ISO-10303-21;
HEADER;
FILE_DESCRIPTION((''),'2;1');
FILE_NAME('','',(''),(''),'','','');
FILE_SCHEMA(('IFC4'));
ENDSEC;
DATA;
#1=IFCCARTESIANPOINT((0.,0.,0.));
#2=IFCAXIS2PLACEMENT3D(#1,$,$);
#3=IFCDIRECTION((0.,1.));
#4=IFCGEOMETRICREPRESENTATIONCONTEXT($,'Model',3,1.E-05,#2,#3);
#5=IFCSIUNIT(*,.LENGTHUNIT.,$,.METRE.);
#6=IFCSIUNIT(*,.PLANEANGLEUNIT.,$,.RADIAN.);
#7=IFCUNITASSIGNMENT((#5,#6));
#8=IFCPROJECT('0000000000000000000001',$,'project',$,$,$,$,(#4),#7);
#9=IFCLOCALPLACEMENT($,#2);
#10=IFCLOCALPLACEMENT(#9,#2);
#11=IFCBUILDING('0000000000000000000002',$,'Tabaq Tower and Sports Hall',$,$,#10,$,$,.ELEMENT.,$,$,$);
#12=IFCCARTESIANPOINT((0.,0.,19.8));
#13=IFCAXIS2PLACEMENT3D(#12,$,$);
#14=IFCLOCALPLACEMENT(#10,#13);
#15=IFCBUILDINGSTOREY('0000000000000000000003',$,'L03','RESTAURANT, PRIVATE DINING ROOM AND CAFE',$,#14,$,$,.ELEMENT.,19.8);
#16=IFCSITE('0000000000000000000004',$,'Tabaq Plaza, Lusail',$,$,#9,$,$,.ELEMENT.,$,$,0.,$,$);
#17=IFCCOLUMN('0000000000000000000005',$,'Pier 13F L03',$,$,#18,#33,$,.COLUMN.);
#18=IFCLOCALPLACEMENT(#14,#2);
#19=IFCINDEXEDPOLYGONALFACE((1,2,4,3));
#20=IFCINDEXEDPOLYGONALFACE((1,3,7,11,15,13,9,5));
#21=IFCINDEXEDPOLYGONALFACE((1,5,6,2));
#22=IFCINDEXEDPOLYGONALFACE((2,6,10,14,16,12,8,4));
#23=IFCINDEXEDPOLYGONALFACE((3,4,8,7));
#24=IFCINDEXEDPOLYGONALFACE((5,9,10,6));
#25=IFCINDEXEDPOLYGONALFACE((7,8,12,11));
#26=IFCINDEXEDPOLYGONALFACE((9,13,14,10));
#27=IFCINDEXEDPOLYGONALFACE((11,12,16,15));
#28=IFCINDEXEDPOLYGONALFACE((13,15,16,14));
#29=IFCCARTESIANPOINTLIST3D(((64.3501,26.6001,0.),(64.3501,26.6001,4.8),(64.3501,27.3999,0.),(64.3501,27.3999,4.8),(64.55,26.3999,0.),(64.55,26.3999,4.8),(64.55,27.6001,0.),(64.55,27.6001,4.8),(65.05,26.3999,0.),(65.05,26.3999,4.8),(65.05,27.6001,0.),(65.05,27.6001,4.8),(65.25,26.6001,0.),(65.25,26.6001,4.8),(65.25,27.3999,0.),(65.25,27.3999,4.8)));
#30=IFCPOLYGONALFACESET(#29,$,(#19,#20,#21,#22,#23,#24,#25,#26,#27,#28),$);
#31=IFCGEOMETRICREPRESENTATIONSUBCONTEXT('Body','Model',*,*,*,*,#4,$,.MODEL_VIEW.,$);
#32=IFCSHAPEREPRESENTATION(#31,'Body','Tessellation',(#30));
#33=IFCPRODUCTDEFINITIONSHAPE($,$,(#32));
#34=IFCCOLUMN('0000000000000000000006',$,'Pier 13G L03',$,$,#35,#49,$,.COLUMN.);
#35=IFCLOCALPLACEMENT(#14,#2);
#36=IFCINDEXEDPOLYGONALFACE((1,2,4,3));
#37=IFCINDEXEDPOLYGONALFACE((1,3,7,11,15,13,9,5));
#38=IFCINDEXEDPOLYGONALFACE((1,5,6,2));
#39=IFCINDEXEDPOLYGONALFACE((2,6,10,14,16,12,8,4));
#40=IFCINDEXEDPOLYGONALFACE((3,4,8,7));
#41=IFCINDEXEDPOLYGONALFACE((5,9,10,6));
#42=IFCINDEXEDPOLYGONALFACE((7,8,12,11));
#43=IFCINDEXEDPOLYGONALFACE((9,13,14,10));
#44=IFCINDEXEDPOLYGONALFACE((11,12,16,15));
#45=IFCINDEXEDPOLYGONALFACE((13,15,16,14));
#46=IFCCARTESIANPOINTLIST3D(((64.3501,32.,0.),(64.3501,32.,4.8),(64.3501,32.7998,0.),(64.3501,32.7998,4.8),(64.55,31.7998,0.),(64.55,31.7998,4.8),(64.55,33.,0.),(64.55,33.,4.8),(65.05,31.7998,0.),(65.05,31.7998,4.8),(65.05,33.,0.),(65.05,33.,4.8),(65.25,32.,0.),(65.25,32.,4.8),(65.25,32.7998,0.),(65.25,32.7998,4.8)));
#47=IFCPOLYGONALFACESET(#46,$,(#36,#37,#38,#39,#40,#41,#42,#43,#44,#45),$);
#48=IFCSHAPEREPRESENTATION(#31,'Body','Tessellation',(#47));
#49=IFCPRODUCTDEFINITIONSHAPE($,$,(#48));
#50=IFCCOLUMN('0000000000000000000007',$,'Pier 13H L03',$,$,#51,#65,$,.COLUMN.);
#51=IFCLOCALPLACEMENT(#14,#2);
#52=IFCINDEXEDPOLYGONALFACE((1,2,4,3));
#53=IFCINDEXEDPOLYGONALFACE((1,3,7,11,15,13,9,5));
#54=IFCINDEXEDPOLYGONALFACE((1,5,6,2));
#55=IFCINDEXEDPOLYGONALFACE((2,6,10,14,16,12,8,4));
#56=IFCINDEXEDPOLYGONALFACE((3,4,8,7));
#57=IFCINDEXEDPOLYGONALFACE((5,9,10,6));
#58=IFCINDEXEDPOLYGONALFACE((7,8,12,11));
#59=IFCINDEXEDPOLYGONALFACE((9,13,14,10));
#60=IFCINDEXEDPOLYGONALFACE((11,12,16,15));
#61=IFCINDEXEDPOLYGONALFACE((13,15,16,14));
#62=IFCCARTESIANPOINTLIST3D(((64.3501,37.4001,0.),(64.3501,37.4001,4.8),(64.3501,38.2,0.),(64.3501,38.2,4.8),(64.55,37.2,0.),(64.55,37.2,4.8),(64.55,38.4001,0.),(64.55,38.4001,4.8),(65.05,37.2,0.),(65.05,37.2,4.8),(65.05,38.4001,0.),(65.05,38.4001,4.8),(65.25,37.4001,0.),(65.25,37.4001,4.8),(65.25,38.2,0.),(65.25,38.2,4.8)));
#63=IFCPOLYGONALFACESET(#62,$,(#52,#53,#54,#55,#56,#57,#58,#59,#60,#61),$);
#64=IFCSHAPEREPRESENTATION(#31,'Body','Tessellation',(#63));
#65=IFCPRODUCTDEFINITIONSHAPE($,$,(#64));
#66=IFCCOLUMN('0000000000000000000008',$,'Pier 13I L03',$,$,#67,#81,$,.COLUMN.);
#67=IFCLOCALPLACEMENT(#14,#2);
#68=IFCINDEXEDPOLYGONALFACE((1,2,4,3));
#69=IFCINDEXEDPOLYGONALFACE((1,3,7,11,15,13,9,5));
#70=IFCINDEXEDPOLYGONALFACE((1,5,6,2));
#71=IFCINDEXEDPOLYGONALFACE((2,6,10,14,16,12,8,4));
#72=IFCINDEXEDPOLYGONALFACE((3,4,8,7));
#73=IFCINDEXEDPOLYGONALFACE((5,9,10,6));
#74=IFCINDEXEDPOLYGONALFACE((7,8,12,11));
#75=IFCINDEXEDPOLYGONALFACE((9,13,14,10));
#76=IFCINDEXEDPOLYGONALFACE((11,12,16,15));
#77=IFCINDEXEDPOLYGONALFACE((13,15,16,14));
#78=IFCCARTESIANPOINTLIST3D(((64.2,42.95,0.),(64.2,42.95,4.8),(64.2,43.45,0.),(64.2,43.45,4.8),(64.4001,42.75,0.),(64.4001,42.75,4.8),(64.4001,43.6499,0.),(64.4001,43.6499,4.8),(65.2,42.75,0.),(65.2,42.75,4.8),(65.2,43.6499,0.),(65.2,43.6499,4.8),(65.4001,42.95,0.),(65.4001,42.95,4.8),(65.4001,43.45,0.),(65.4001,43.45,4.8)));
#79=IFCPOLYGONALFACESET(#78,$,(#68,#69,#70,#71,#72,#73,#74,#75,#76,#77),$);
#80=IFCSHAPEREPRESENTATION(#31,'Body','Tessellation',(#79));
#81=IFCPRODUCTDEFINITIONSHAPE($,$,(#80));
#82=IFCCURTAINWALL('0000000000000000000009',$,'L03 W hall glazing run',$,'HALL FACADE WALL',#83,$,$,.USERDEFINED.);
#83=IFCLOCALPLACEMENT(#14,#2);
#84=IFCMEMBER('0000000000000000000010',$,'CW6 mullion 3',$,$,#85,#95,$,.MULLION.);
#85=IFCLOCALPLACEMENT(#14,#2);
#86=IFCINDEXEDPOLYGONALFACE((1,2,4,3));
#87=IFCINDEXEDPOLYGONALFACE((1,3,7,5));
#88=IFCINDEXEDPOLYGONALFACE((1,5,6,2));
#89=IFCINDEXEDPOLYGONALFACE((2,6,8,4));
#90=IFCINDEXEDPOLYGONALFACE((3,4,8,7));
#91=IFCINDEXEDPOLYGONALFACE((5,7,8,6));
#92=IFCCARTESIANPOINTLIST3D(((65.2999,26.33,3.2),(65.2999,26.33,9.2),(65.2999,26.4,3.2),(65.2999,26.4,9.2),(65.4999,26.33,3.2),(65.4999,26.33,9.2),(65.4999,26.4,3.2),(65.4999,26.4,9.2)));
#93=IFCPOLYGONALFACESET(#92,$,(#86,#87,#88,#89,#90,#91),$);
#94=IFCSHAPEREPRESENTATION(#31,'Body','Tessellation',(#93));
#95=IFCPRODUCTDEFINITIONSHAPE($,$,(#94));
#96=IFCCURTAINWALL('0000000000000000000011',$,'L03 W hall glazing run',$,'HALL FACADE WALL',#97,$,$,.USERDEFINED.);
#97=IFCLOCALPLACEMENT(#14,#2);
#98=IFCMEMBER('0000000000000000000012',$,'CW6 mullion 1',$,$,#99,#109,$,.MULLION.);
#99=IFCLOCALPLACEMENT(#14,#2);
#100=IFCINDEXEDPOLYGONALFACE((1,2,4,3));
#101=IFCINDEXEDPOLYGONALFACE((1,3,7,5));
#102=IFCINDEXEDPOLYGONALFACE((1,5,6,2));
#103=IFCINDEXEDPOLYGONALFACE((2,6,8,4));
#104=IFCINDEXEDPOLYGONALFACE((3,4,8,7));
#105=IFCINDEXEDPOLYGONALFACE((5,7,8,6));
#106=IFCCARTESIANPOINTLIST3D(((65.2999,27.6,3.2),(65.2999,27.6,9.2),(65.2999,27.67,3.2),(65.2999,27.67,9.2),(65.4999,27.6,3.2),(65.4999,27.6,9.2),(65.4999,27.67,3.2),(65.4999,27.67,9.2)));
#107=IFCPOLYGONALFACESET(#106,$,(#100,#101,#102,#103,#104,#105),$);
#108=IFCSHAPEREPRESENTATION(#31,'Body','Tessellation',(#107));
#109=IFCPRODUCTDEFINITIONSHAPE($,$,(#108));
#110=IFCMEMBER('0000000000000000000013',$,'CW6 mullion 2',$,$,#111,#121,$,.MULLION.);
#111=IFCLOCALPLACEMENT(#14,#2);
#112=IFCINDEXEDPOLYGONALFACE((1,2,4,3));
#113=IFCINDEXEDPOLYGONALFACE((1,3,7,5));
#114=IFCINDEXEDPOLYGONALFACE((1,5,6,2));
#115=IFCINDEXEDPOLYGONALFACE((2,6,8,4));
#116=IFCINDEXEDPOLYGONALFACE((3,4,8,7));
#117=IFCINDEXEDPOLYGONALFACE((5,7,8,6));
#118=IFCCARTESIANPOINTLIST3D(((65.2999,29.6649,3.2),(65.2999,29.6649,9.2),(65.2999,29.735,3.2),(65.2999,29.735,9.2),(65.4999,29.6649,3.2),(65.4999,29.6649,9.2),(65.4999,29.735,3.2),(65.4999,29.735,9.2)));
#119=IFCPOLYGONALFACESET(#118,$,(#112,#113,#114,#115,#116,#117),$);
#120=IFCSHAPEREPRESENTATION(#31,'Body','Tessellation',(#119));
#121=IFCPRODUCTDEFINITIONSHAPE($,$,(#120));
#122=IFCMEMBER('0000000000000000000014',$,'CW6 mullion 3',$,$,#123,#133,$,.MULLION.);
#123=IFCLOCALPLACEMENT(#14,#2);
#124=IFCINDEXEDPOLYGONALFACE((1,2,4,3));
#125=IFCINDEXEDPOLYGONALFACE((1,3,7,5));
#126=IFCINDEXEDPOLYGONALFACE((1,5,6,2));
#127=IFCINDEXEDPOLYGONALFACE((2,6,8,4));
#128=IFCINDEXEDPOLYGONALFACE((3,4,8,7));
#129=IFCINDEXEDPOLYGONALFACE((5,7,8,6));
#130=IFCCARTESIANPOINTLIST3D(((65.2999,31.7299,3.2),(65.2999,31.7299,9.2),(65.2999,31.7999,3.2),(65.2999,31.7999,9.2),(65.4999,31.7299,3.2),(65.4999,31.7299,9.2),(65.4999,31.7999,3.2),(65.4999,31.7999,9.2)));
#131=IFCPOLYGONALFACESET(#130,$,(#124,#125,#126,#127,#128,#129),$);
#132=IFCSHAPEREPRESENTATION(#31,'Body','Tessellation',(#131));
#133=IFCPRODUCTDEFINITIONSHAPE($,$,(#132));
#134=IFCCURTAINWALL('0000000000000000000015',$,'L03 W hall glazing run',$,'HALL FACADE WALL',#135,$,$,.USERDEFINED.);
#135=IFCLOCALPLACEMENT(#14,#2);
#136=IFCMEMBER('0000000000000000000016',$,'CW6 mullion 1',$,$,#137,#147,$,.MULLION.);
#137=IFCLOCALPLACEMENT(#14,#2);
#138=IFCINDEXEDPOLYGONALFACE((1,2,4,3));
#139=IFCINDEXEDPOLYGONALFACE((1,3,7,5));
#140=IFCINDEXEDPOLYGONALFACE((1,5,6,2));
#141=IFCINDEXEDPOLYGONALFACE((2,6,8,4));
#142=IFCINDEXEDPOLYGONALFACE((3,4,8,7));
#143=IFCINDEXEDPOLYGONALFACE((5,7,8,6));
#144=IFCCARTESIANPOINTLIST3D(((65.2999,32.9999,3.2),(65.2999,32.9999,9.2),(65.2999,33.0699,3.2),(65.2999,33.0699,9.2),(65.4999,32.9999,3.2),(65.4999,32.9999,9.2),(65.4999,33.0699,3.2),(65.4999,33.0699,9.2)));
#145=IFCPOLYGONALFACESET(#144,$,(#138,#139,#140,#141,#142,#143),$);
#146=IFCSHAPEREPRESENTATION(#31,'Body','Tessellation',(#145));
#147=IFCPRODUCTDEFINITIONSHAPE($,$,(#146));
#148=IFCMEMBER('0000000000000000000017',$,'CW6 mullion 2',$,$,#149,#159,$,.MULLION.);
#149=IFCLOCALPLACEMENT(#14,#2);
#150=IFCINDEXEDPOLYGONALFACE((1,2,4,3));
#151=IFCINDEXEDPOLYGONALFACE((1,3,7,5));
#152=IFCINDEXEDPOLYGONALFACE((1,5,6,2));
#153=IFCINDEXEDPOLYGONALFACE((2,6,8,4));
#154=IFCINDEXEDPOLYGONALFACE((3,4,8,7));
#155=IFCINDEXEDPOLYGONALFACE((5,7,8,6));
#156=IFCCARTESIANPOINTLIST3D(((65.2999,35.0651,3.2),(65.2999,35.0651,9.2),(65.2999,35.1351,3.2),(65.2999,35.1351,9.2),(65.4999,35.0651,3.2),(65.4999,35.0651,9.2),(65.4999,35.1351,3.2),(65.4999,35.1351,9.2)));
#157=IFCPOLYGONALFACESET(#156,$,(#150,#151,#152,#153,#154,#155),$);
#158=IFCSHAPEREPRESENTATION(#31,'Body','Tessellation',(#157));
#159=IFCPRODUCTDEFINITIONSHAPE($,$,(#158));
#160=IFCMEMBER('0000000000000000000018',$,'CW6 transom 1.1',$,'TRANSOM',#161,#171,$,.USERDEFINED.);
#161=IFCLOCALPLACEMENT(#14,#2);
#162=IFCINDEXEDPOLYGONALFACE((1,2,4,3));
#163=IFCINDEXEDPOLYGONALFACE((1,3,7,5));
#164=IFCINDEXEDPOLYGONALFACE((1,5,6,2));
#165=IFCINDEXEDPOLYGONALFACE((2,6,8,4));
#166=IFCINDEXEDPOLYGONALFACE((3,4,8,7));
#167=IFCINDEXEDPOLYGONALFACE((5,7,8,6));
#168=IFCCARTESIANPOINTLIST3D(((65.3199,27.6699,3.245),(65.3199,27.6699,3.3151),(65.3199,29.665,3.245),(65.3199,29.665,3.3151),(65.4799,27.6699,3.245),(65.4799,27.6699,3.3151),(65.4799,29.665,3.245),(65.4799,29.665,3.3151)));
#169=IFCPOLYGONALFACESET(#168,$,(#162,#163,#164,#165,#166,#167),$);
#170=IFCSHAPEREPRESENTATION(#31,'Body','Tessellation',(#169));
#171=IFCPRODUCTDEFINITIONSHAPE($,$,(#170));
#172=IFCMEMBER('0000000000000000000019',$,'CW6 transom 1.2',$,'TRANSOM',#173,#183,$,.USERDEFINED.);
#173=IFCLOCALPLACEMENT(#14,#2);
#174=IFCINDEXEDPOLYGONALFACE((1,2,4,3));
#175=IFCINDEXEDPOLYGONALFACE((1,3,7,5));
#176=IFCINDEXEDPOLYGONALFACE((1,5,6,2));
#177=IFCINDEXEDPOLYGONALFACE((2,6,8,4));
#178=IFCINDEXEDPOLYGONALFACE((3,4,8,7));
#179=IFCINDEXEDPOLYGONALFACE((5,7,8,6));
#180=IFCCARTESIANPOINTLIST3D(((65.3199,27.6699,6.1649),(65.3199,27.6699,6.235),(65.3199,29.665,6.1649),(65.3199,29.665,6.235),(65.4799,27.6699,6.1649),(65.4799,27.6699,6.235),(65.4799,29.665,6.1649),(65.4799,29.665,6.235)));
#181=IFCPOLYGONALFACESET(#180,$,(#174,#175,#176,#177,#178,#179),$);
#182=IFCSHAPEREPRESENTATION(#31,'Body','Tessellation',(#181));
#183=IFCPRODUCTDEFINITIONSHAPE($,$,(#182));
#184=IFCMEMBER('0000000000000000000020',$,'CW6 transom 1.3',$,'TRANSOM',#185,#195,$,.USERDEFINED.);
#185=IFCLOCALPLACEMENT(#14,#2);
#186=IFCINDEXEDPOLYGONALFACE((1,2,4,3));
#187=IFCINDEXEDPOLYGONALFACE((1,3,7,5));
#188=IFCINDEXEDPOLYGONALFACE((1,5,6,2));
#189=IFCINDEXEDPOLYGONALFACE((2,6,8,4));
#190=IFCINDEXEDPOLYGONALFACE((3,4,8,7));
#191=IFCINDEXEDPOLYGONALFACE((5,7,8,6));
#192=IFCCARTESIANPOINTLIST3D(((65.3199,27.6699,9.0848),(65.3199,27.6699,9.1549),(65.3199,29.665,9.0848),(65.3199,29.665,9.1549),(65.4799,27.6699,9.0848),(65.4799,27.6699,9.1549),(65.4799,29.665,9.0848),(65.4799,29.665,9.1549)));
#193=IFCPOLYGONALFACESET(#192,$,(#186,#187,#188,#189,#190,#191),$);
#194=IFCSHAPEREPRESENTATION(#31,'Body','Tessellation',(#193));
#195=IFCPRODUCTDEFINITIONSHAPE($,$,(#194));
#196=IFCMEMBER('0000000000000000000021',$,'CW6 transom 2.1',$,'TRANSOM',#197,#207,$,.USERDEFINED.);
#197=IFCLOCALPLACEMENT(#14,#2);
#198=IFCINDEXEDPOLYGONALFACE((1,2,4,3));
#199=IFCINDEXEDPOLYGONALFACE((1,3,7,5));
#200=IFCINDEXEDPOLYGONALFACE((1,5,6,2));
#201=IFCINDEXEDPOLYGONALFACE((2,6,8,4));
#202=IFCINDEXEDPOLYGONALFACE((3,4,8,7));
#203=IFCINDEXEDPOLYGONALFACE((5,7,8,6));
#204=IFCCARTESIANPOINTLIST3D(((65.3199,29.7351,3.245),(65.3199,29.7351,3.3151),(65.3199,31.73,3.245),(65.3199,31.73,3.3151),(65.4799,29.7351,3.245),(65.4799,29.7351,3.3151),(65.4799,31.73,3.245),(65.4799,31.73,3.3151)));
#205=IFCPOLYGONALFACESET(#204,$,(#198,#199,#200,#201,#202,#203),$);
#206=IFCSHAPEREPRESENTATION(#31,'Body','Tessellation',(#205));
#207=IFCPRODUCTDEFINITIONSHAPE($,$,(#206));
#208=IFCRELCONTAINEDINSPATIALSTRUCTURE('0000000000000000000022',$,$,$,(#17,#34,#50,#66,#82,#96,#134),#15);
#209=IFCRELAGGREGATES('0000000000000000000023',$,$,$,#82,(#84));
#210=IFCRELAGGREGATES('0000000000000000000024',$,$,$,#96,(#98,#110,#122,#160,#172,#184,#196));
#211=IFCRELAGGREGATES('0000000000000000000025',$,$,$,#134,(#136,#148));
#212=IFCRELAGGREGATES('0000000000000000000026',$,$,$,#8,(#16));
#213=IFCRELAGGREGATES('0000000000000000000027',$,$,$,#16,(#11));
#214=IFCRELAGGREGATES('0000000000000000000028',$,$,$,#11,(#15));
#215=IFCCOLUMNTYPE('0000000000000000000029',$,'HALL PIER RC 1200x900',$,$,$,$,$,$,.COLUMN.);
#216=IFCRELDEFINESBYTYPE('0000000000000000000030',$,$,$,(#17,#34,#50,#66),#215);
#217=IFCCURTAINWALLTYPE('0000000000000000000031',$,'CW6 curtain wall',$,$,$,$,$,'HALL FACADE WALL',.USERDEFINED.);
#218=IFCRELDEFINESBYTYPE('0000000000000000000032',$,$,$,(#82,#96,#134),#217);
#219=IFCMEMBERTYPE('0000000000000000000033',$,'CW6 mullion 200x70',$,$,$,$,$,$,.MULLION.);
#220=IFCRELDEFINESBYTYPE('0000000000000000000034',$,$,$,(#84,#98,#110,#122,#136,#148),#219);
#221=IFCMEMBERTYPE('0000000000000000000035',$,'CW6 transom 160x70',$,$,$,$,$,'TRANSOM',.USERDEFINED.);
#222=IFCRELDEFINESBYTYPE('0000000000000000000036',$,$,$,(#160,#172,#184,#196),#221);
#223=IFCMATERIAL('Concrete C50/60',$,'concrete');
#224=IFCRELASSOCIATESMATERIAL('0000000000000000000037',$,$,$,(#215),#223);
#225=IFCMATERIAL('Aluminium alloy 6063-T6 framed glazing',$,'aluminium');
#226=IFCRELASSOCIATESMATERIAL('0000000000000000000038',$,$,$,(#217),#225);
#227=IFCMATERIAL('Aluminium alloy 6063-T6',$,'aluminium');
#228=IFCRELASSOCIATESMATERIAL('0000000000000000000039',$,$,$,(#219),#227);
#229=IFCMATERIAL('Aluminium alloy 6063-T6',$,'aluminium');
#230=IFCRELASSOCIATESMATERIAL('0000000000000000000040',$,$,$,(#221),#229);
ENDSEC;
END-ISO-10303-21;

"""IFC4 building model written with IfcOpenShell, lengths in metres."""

from ifc_helpers import new_model, si_unit, direction, frame, origin, origin_2d, place, context, subcontext, project, spatial, polyline, rectangle, outline, extrude, material, material_profile, profile_set, type_object, element, aggregate, save


model = new_model("IFC4")

# Units and contexts
model_context = context("Model", 3, precision=1e-05, world=origin(), true_north=direction((0.0, 1.0)))
body_context = subcontext(model_context, "Body", "Model", "MODEL_VIEW")
ifc_project = project(units=[si_unit("LENGTHUNIT", "METRE"), si_unit("PLANEANGLEUNIT", "RADIAN")], contexts=[model_context])

# Site, building, storey
site_placement = place(None, origin())
site = spatial("IfcSite", under=ifc_project, at=site_placement, Name="Tabaq Plaza, Lusail", CompositionType="ELEMENT", RefElevation=0.0)
building_placement = place(site_placement, origin())
building = spatial("IfcBuilding", under=site, at=building_placement, Name="Tabaq Tower and Sports Hall", CompositionType="ELEMENT")
storey_placement = place(building_placement, frame((0.0, 0.0, 19.8)))
storey = spatial("IfcBuildingStorey", under=building, at=storey_placement, Name="L03", Description="RESTAURANT, PRIVATE DINING ROOM AND CAFE", CompositionType="ELEMENT", Elevation=19.8)

# Columns
ifc_material_1 = material(Name="Concrete C50/60", Category="concrete")
ifc_material_profile_1 = material_profile(ifc_material_1, outline(polyline([(-0.3999, -0.45), (0.3999, -0.45), (0.6001, -0.25), (0.6001, 0.25), (0.3999, 0.45), (-0.3999, 0.45), (-0.6001, 0.25), (-0.6001, -0.25), (-0.3999, -0.45)])), Name="PIER 1200x900")
ifc_profile_set_1 = profile_set([ifc_material_profile_1], Name="Concrete C50/60")
column_type = type_object("IfcColumnType", Name="HALL PIER RC 1200x900", PredefinedType="COLUMN", material=ifc_profile_set_1)
for number, where, z_axis, x_axis, name in (
    (1, (64.8, 27.0, 0.0), (0.0, 0.0, 1.0), (0.0, 1.0, 0.0), "Pier 13F L03"),
    (2, (64.8, 32.3999, 0.0), (0.0, 0.0, 1.0), (0.0, 1.0, 0.0), "Pier 13G L03"),
    (3, (64.8, 37.8, 0.0), (0.0, 0.0, 1.0), (0.0, 1.0, 0.0), "Pier 13H L03"),
    (4, (64.8, 43.2, 0.0), (0.0, 0.0, 1.0), (1.0, 0.0, 0.0), "Pier 13I L03"),
):
    element("IfcColumn", number, at=place(storey_placement, frame(where, z_axis=z_axis, x_axis=x_axis)), inside=storey, type_object=column_type, Name=name, PredefinedType="COLUMN", context=body_context, shape_type="SweptSolid", body=[
        extrude(outline(polyline([(-0.3999, -0.45), (0.3999, -0.45), (0.6001, -0.25), (0.6001, 0.25), (0.3999, 0.45), (-0.3999, 0.45), (-0.6001, 0.25), (-0.6001, -0.25), (-0.3999, -0.45)])), origin(), (0.0, 0.0, 1.0), 4.8),
    ])

# Curtain wall, member
ifc_material_2 = material(Name="Aluminium alloy 6063-T6 framed glazing", Category="aluminium")
curtain_wall_type = type_object("IfcCurtainWallType", Name="CW6 curtain wall", ElementType="HALL FACADE WALL", PredefinedType="USERDEFINED", material=ifc_material_2)
curtain_wall_1_placement = place(storey_placement, origin())
curtain_wall_1 = element("IfcCurtainWall", 5, at=curtain_wall_1_placement, inside=storey, type_object=curtain_wall_type, Name="L03 W hall glazing run", ObjectType="HALL FACADE WALL", PredefinedType="USERDEFINED")
ifc_material_3 = material(Name="Aluminium alloy 6063-T6", Category="aluminium")
ifc_material_profile_2 = material_profile(ifc_material_3, rectangle(XDim=0.2, YDim=0.0701, at=origin_2d()), Name="MULLION 200x70")
ifc_profile_set_2 = profile_set([ifc_material_profile_2], Name="Aluminium alloy 6063-T6")
member_type_1 = type_object("IfcMemberType", Name="CW6 mullion 200x70", PredefinedType="MULLION", material=ifc_profile_set_2)
member_1_placement = place(storey_placement, frame((65.3999, 26.365, 3.2), z_axis=(0.0, 0.0, 1.0), x_axis=(-1.0, 0.0, 0.0)))
member_1 = element("IfcMember", 6, at=member_1_placement, type_object=member_type_1, Name="CW6 mullion 3", PredefinedType="MULLION", context=body_context, shape_type="SweptSolid", body=[
    extrude(rectangle(XDim=0.2, YDim=0.0701, at=origin_2d()), origin(), (0.0, 0.0, 1.0), 6.0),
])
aggregate(curtain_wall_1, [member_1])

# Curtain walls, members
curtain_wall_2_placement = place(storey_placement, origin())
curtain_wall_2 = element("IfcCurtainWall", 7, at=curtain_wall_2_placement, inside=storey, type_object=curtain_wall_type, Name="L03 W hall glazing run", ObjectType="HALL FACADE WALL", PredefinedType="USERDEFINED")
member_2_placement = place(storey_placement, frame((65.3999, 27.635, 3.2), z_axis=(0.0, 0.0, 1.0), x_axis=(-1.0, 0.0, 0.0)))
member_2 = element("IfcMember", 8, at=member_2_placement, type_object=member_type_1, Name="CW6 mullion 1", PredefinedType="MULLION", context=body_context, shape_type="SweptSolid", body=[
    extrude(rectangle(XDim=0.2, YDim=0.0701, at=origin_2d()), origin(), (0.0, 0.0, 1.0), 6.0),
])
member_3_placement = place(storey_placement, frame((65.3999, 29.7, 3.2), z_axis=(0.0, 0.0, 1.0), x_axis=(-1.0, 0.0, 0.0)))
member_3 = element("IfcMember", 9, at=member_3_placement, type_object=member_type_1, Name="CW6 mullion 2", PredefinedType="MULLION", context=body_context, shape_type="SweptSolid", body=[
    extrude(rectangle(XDim=0.2, YDim=0.0701, at=origin_2d()), origin(), (0.0, 0.0, 1.0), 6.0),
])
member_4_placement = place(storey_placement, frame((65.3999, 31.7649, 3.2), z_axis=(0.0, 0.0, 1.0), x_axis=(-1.0, 0.0, 0.0)))
member_4 = element("IfcMember", 10, at=member_4_placement, type_object=member_type_1, Name="CW6 mullion 3", PredefinedType="MULLION", context=body_context, shape_type="SweptSolid", body=[
    extrude(rectangle(XDim=0.2, YDim=0.0701, at=origin_2d()), origin(), (0.0, 0.0, 1.0), 6.0),
])
curtain_wall_3_placement = place(storey_placement, origin())
curtain_wall_3 = element("IfcCurtainWall", 11, at=curtain_wall_3_placement, inside=storey, type_object=curtain_wall_type, Name="L03 W hall glazing run", ObjectType="HALL FACADE WALL", PredefinedType="USERDEFINED")
member_5_placement = place(storey_placement, frame((65.3999, 33.0349, 3.2), z_axis=(0.0, 0.0, 1.0), x_axis=(-1.0, 0.0, 0.0)))
member_5 = element("IfcMember", 12, at=member_5_placement, type_object=member_type_1, Name="CW6 mullion 1", PredefinedType="MULLION", context=body_context, shape_type="SweptSolid", body=[
    extrude(rectangle(XDim=0.2, YDim=0.0701, at=origin_2d()), origin(), (0.0, 0.0, 1.0), 6.0),
])
member_6_placement = place(storey_placement, frame((65.3999, 35.1001, 3.2), z_axis=(0.0, 0.0, 1.0), x_axis=(-1.0, 0.0, 0.0)))
member_6 = element("IfcMember", 13, at=member_6_placement, type_object=member_type_1, Name="CW6 mullion 2", PredefinedType="MULLION", context=body_context, shape_type="SweptSolid", body=[
    extrude(rectangle(XDim=0.2, YDim=0.0701, at=origin_2d()), origin(), (0.0, 0.0, 1.0), 6.0),
])

# Members
ifc_material_4 = material(Name="Aluminium alloy 6063-T6", Category="aluminium")
ifc_material_profile_3 = material_profile(ifc_material_4, rectangle(XDim=0.1599, YDim=0.0701, at=origin_2d()), Name="TRANSOM 160x70")
ifc_profile_set_3 = profile_set([ifc_material_profile_3], Name="Aluminium alloy 6063-T6")
member_type_2 = type_object("IfcMemberType", Name="CW6 transom 160x70", ElementType="TRANSOM", PredefinedType="USERDEFINED", material=ifc_profile_set_3)
member_7_placement = place(storey_placement, frame((65.3999, 27.6699, 3.28), z_axis=(0.0, 1.0, 0.0), x_axis=(-1.0, 0.0, 0.0)))
member_7 = element("IfcMember", 14, at=member_7_placement, type_object=member_type_2, Name="CW6 transom 1.1", ObjectType="TRANSOM", PredefinedType="USERDEFINED", context=body_context, shape_type="SweptSolid", body=[
    extrude(rectangle(XDim=0.1599, YDim=0.0701, at=origin_2d()), origin(), (0.0, 0.0, 1.0), 1.9951),
])
member_8_placement = place(storey_placement, frame((65.3999, 27.6699, 6.2), z_axis=(0.0, 1.0, 0.0), x_axis=(-1.0, 0.0, 0.0)))
member_8 = element("IfcMember", 15, at=member_8_placement, type_object=member_type_2, Name="CW6 transom 1.2", ObjectType="TRANSOM", PredefinedType="USERDEFINED", context=body_context, shape_type="SweptSolid", body=[
    extrude(rectangle(XDim=0.1599, YDim=0.0701, at=origin_2d()), origin(), (0.0, 0.0, 1.0), 1.9951),
])
member_9_placement = place(storey_placement, frame((65.3999, 27.6699, 9.1199), z_axis=(0.0, 1.0, 0.0), x_axis=(-1.0, 0.0, 0.0)))
member_9 = element("IfcMember", 16, at=member_9_placement, type_object=member_type_2, Name="CW6 transom 1.3", ObjectType="TRANSOM", PredefinedType="USERDEFINED", context=body_context, shape_type="SweptSolid", body=[
    extrude(rectangle(XDim=0.1599, YDim=0.0701, at=origin_2d()), origin(), (0.0, 0.0, 1.0), 1.9951),
])
member_10_placement = place(storey_placement, frame((65.3999, 29.7351, 3.28), z_axis=(0.0, 1.0, 0.0), x_axis=(-1.0, 0.0, 0.0)))
member_10 = element("IfcMember", 17, at=member_10_placement, type_object=member_type_2, Name="CW6 transom 2.1", ObjectType="TRANSOM", PredefinedType="USERDEFINED", context=body_context, shape_type="SweptSolid", body=[
    extrude(rectangle(XDim=0.1599, YDim=0.0701, at=origin_2d()), origin(), (0.0, 0.0, 1.0), 1.9949),
])

aggregate(curtain_wall_2, [member_2, member_3, member_4, member_7, member_8, member_9, member_10])
aggregate(curtain_wall_3, [member_5, member_6])

save(model, "model.ifc")
